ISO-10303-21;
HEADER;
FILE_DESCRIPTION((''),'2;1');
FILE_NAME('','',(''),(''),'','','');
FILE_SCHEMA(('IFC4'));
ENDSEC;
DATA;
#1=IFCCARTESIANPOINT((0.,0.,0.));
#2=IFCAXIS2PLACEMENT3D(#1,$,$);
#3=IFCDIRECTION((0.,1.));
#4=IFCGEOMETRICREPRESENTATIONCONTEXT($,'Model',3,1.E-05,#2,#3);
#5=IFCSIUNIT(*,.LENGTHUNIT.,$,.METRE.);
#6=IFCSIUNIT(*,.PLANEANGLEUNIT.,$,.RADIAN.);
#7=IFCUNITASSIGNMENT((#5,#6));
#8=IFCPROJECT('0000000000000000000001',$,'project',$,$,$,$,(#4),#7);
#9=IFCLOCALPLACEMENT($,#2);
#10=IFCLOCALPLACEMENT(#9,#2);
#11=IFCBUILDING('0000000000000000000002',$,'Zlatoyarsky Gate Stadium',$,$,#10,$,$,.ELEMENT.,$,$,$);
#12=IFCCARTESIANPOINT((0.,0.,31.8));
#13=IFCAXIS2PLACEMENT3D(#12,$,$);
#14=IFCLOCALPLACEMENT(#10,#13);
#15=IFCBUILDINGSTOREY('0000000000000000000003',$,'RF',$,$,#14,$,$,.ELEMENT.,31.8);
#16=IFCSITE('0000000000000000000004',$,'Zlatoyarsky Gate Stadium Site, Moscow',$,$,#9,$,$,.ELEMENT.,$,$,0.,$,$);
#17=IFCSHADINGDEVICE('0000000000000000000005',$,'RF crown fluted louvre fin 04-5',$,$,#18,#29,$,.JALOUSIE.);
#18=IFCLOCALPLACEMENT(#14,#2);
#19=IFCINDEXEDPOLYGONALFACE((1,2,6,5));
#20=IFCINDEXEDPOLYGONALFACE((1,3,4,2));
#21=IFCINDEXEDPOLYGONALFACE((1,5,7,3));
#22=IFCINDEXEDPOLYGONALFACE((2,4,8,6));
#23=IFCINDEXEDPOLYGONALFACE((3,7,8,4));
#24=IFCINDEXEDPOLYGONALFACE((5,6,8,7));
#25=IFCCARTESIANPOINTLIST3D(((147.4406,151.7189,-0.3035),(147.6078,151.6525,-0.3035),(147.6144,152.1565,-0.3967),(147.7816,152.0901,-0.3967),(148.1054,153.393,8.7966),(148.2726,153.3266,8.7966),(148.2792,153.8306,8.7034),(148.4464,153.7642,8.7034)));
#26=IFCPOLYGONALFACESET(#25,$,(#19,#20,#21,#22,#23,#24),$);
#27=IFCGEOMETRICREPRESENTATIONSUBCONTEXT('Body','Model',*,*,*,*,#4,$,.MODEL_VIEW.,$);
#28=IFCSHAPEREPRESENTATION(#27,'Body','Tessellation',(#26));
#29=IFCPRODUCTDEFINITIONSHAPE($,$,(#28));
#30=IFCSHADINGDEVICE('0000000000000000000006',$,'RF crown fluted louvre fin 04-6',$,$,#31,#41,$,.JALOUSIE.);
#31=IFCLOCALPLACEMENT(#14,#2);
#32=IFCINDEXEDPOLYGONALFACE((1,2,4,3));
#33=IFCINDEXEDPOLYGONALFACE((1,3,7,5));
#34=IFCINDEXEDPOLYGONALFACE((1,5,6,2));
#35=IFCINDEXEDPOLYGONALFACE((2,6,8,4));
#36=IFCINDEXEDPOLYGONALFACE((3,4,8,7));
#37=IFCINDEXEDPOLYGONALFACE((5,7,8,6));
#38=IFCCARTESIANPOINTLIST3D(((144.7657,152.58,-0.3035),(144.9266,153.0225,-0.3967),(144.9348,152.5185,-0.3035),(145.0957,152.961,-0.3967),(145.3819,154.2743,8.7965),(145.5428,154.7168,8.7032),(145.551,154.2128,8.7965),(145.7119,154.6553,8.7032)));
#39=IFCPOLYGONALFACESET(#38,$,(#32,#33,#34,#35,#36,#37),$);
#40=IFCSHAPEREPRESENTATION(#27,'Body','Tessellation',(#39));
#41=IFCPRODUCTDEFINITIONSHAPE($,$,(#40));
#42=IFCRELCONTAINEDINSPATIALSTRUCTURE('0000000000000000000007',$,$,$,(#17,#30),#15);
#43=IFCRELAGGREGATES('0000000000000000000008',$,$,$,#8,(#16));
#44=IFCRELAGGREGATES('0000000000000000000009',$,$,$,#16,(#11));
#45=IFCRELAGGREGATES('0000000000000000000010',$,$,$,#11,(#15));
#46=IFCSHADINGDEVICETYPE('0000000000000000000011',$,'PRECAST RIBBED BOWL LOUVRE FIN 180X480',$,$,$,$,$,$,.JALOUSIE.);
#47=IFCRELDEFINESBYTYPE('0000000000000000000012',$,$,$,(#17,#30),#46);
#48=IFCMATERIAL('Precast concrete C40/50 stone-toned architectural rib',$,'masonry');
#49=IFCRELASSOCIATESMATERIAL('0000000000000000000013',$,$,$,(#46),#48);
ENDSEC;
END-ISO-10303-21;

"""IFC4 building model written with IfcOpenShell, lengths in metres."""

from ifc_helpers import new_model, si_unit, direction, frame, origin, origin_2d, place, context, subcontext, project, spatial, rectangle, extrude, material, material_profile, profile_set, type_object, element, save


model = new_model("IFC4")

# Units and contexts
model_context = context("Model", 3, precision=1e-05, world=origin(), true_north=direction((0.0, 1.0)))
body_context = subcontext(model_context, "Body", "Model", "MODEL_VIEW")
ifc_project = project(units=[si_unit("LENGTHUNIT", "METRE"), si_unit("PLANEANGLEUNIT", "RADIAN")], contexts=[model_context])

# Site, building, storey
site_placement = place(None, origin())
site = spatial("IfcSite", under=ifc_project, at=site_placement, Name="Zlatoyarsky Gate Stadium Site, Moscow", CompositionType="ELEMENT", RefElevation=0.0)
building_placement = place(site_placement, origin())
building = spatial("IfcBuilding", under=site, at=building_placement, Name="Zlatoyarsky Gate Stadium", CompositionType="ELEMENT")
storey_placement = place(building_placement, frame((0.0, 0.0, 31.8)))
storey = spatial("IfcBuildingStorey", under=building, at=storey_placement, Name="RF", CompositionType="ELEMENT", Elevation=31.8)

# Shading devices
ifc_material_1 = material(Name="Precast concrete C40/50 stone-toned architectural rib", Category="masonry")
ifc_material_profile_1 = material_profile(ifc_material_1, rectangle(XDim=0.1799, YDim=0.48, at=origin_2d()), Name="RIB 180X480")
ifc_profile_set_1 = profile_set([ifc_material_profile_1], Name="Precast concrete C40/50 stone-toned architectural rib")
shading_device_type = type_object("IfcShadingDeviceType", Name="PRECAST RIBBED BOWL LOUVRE FIN 180X480", PredefinedType="JALOUSIE", material=ifc_profile_set_1)
shading_device_1_placement = place(storey_placement, frame((147.6111, 151.9045, -0.3501), z_axis=(0.071663, 0.180461, 0.980968), x_axis=(-0.929399, 0.369076, 0.0)))
element("IfcShadingDevice", 1, at=shading_device_1_placement, inside=storey, type_object=shading_device_type, Name="RF crown fluted louvre fin 04-5", PredefinedType="JALOUSIE", context=body_context, shape_type="SweptSolid", body=[
    extrude(rectangle(XDim=0.1799, YDim=0.48, at=origin_2d()), origin(), (0.0, 0.0, 1.0), 9.2766),
])
shading_device_2_placement = place(storey_placement, frame((144.9307, 152.7705, -0.3501), z_axis=(0.066424, 0.182639, 0.980934), x_axis=(-0.939778, 0.341787, 0.0)))
element("IfcShadingDevice", 2, at=shading_device_2_placement, inside=storey, type_object=shading_device_type, Name="RF crown fluted louvre fin 04-6", PredefinedType="JALOUSIE", context=body_context, shape_type="SweptSolid", body=[
    extrude(rectangle(XDim=0.1799, YDim=0.48, at=origin_2d()), origin(), (0.0, 0.0, 1.0), 9.2769),
])

save(model, "model.ifc")
